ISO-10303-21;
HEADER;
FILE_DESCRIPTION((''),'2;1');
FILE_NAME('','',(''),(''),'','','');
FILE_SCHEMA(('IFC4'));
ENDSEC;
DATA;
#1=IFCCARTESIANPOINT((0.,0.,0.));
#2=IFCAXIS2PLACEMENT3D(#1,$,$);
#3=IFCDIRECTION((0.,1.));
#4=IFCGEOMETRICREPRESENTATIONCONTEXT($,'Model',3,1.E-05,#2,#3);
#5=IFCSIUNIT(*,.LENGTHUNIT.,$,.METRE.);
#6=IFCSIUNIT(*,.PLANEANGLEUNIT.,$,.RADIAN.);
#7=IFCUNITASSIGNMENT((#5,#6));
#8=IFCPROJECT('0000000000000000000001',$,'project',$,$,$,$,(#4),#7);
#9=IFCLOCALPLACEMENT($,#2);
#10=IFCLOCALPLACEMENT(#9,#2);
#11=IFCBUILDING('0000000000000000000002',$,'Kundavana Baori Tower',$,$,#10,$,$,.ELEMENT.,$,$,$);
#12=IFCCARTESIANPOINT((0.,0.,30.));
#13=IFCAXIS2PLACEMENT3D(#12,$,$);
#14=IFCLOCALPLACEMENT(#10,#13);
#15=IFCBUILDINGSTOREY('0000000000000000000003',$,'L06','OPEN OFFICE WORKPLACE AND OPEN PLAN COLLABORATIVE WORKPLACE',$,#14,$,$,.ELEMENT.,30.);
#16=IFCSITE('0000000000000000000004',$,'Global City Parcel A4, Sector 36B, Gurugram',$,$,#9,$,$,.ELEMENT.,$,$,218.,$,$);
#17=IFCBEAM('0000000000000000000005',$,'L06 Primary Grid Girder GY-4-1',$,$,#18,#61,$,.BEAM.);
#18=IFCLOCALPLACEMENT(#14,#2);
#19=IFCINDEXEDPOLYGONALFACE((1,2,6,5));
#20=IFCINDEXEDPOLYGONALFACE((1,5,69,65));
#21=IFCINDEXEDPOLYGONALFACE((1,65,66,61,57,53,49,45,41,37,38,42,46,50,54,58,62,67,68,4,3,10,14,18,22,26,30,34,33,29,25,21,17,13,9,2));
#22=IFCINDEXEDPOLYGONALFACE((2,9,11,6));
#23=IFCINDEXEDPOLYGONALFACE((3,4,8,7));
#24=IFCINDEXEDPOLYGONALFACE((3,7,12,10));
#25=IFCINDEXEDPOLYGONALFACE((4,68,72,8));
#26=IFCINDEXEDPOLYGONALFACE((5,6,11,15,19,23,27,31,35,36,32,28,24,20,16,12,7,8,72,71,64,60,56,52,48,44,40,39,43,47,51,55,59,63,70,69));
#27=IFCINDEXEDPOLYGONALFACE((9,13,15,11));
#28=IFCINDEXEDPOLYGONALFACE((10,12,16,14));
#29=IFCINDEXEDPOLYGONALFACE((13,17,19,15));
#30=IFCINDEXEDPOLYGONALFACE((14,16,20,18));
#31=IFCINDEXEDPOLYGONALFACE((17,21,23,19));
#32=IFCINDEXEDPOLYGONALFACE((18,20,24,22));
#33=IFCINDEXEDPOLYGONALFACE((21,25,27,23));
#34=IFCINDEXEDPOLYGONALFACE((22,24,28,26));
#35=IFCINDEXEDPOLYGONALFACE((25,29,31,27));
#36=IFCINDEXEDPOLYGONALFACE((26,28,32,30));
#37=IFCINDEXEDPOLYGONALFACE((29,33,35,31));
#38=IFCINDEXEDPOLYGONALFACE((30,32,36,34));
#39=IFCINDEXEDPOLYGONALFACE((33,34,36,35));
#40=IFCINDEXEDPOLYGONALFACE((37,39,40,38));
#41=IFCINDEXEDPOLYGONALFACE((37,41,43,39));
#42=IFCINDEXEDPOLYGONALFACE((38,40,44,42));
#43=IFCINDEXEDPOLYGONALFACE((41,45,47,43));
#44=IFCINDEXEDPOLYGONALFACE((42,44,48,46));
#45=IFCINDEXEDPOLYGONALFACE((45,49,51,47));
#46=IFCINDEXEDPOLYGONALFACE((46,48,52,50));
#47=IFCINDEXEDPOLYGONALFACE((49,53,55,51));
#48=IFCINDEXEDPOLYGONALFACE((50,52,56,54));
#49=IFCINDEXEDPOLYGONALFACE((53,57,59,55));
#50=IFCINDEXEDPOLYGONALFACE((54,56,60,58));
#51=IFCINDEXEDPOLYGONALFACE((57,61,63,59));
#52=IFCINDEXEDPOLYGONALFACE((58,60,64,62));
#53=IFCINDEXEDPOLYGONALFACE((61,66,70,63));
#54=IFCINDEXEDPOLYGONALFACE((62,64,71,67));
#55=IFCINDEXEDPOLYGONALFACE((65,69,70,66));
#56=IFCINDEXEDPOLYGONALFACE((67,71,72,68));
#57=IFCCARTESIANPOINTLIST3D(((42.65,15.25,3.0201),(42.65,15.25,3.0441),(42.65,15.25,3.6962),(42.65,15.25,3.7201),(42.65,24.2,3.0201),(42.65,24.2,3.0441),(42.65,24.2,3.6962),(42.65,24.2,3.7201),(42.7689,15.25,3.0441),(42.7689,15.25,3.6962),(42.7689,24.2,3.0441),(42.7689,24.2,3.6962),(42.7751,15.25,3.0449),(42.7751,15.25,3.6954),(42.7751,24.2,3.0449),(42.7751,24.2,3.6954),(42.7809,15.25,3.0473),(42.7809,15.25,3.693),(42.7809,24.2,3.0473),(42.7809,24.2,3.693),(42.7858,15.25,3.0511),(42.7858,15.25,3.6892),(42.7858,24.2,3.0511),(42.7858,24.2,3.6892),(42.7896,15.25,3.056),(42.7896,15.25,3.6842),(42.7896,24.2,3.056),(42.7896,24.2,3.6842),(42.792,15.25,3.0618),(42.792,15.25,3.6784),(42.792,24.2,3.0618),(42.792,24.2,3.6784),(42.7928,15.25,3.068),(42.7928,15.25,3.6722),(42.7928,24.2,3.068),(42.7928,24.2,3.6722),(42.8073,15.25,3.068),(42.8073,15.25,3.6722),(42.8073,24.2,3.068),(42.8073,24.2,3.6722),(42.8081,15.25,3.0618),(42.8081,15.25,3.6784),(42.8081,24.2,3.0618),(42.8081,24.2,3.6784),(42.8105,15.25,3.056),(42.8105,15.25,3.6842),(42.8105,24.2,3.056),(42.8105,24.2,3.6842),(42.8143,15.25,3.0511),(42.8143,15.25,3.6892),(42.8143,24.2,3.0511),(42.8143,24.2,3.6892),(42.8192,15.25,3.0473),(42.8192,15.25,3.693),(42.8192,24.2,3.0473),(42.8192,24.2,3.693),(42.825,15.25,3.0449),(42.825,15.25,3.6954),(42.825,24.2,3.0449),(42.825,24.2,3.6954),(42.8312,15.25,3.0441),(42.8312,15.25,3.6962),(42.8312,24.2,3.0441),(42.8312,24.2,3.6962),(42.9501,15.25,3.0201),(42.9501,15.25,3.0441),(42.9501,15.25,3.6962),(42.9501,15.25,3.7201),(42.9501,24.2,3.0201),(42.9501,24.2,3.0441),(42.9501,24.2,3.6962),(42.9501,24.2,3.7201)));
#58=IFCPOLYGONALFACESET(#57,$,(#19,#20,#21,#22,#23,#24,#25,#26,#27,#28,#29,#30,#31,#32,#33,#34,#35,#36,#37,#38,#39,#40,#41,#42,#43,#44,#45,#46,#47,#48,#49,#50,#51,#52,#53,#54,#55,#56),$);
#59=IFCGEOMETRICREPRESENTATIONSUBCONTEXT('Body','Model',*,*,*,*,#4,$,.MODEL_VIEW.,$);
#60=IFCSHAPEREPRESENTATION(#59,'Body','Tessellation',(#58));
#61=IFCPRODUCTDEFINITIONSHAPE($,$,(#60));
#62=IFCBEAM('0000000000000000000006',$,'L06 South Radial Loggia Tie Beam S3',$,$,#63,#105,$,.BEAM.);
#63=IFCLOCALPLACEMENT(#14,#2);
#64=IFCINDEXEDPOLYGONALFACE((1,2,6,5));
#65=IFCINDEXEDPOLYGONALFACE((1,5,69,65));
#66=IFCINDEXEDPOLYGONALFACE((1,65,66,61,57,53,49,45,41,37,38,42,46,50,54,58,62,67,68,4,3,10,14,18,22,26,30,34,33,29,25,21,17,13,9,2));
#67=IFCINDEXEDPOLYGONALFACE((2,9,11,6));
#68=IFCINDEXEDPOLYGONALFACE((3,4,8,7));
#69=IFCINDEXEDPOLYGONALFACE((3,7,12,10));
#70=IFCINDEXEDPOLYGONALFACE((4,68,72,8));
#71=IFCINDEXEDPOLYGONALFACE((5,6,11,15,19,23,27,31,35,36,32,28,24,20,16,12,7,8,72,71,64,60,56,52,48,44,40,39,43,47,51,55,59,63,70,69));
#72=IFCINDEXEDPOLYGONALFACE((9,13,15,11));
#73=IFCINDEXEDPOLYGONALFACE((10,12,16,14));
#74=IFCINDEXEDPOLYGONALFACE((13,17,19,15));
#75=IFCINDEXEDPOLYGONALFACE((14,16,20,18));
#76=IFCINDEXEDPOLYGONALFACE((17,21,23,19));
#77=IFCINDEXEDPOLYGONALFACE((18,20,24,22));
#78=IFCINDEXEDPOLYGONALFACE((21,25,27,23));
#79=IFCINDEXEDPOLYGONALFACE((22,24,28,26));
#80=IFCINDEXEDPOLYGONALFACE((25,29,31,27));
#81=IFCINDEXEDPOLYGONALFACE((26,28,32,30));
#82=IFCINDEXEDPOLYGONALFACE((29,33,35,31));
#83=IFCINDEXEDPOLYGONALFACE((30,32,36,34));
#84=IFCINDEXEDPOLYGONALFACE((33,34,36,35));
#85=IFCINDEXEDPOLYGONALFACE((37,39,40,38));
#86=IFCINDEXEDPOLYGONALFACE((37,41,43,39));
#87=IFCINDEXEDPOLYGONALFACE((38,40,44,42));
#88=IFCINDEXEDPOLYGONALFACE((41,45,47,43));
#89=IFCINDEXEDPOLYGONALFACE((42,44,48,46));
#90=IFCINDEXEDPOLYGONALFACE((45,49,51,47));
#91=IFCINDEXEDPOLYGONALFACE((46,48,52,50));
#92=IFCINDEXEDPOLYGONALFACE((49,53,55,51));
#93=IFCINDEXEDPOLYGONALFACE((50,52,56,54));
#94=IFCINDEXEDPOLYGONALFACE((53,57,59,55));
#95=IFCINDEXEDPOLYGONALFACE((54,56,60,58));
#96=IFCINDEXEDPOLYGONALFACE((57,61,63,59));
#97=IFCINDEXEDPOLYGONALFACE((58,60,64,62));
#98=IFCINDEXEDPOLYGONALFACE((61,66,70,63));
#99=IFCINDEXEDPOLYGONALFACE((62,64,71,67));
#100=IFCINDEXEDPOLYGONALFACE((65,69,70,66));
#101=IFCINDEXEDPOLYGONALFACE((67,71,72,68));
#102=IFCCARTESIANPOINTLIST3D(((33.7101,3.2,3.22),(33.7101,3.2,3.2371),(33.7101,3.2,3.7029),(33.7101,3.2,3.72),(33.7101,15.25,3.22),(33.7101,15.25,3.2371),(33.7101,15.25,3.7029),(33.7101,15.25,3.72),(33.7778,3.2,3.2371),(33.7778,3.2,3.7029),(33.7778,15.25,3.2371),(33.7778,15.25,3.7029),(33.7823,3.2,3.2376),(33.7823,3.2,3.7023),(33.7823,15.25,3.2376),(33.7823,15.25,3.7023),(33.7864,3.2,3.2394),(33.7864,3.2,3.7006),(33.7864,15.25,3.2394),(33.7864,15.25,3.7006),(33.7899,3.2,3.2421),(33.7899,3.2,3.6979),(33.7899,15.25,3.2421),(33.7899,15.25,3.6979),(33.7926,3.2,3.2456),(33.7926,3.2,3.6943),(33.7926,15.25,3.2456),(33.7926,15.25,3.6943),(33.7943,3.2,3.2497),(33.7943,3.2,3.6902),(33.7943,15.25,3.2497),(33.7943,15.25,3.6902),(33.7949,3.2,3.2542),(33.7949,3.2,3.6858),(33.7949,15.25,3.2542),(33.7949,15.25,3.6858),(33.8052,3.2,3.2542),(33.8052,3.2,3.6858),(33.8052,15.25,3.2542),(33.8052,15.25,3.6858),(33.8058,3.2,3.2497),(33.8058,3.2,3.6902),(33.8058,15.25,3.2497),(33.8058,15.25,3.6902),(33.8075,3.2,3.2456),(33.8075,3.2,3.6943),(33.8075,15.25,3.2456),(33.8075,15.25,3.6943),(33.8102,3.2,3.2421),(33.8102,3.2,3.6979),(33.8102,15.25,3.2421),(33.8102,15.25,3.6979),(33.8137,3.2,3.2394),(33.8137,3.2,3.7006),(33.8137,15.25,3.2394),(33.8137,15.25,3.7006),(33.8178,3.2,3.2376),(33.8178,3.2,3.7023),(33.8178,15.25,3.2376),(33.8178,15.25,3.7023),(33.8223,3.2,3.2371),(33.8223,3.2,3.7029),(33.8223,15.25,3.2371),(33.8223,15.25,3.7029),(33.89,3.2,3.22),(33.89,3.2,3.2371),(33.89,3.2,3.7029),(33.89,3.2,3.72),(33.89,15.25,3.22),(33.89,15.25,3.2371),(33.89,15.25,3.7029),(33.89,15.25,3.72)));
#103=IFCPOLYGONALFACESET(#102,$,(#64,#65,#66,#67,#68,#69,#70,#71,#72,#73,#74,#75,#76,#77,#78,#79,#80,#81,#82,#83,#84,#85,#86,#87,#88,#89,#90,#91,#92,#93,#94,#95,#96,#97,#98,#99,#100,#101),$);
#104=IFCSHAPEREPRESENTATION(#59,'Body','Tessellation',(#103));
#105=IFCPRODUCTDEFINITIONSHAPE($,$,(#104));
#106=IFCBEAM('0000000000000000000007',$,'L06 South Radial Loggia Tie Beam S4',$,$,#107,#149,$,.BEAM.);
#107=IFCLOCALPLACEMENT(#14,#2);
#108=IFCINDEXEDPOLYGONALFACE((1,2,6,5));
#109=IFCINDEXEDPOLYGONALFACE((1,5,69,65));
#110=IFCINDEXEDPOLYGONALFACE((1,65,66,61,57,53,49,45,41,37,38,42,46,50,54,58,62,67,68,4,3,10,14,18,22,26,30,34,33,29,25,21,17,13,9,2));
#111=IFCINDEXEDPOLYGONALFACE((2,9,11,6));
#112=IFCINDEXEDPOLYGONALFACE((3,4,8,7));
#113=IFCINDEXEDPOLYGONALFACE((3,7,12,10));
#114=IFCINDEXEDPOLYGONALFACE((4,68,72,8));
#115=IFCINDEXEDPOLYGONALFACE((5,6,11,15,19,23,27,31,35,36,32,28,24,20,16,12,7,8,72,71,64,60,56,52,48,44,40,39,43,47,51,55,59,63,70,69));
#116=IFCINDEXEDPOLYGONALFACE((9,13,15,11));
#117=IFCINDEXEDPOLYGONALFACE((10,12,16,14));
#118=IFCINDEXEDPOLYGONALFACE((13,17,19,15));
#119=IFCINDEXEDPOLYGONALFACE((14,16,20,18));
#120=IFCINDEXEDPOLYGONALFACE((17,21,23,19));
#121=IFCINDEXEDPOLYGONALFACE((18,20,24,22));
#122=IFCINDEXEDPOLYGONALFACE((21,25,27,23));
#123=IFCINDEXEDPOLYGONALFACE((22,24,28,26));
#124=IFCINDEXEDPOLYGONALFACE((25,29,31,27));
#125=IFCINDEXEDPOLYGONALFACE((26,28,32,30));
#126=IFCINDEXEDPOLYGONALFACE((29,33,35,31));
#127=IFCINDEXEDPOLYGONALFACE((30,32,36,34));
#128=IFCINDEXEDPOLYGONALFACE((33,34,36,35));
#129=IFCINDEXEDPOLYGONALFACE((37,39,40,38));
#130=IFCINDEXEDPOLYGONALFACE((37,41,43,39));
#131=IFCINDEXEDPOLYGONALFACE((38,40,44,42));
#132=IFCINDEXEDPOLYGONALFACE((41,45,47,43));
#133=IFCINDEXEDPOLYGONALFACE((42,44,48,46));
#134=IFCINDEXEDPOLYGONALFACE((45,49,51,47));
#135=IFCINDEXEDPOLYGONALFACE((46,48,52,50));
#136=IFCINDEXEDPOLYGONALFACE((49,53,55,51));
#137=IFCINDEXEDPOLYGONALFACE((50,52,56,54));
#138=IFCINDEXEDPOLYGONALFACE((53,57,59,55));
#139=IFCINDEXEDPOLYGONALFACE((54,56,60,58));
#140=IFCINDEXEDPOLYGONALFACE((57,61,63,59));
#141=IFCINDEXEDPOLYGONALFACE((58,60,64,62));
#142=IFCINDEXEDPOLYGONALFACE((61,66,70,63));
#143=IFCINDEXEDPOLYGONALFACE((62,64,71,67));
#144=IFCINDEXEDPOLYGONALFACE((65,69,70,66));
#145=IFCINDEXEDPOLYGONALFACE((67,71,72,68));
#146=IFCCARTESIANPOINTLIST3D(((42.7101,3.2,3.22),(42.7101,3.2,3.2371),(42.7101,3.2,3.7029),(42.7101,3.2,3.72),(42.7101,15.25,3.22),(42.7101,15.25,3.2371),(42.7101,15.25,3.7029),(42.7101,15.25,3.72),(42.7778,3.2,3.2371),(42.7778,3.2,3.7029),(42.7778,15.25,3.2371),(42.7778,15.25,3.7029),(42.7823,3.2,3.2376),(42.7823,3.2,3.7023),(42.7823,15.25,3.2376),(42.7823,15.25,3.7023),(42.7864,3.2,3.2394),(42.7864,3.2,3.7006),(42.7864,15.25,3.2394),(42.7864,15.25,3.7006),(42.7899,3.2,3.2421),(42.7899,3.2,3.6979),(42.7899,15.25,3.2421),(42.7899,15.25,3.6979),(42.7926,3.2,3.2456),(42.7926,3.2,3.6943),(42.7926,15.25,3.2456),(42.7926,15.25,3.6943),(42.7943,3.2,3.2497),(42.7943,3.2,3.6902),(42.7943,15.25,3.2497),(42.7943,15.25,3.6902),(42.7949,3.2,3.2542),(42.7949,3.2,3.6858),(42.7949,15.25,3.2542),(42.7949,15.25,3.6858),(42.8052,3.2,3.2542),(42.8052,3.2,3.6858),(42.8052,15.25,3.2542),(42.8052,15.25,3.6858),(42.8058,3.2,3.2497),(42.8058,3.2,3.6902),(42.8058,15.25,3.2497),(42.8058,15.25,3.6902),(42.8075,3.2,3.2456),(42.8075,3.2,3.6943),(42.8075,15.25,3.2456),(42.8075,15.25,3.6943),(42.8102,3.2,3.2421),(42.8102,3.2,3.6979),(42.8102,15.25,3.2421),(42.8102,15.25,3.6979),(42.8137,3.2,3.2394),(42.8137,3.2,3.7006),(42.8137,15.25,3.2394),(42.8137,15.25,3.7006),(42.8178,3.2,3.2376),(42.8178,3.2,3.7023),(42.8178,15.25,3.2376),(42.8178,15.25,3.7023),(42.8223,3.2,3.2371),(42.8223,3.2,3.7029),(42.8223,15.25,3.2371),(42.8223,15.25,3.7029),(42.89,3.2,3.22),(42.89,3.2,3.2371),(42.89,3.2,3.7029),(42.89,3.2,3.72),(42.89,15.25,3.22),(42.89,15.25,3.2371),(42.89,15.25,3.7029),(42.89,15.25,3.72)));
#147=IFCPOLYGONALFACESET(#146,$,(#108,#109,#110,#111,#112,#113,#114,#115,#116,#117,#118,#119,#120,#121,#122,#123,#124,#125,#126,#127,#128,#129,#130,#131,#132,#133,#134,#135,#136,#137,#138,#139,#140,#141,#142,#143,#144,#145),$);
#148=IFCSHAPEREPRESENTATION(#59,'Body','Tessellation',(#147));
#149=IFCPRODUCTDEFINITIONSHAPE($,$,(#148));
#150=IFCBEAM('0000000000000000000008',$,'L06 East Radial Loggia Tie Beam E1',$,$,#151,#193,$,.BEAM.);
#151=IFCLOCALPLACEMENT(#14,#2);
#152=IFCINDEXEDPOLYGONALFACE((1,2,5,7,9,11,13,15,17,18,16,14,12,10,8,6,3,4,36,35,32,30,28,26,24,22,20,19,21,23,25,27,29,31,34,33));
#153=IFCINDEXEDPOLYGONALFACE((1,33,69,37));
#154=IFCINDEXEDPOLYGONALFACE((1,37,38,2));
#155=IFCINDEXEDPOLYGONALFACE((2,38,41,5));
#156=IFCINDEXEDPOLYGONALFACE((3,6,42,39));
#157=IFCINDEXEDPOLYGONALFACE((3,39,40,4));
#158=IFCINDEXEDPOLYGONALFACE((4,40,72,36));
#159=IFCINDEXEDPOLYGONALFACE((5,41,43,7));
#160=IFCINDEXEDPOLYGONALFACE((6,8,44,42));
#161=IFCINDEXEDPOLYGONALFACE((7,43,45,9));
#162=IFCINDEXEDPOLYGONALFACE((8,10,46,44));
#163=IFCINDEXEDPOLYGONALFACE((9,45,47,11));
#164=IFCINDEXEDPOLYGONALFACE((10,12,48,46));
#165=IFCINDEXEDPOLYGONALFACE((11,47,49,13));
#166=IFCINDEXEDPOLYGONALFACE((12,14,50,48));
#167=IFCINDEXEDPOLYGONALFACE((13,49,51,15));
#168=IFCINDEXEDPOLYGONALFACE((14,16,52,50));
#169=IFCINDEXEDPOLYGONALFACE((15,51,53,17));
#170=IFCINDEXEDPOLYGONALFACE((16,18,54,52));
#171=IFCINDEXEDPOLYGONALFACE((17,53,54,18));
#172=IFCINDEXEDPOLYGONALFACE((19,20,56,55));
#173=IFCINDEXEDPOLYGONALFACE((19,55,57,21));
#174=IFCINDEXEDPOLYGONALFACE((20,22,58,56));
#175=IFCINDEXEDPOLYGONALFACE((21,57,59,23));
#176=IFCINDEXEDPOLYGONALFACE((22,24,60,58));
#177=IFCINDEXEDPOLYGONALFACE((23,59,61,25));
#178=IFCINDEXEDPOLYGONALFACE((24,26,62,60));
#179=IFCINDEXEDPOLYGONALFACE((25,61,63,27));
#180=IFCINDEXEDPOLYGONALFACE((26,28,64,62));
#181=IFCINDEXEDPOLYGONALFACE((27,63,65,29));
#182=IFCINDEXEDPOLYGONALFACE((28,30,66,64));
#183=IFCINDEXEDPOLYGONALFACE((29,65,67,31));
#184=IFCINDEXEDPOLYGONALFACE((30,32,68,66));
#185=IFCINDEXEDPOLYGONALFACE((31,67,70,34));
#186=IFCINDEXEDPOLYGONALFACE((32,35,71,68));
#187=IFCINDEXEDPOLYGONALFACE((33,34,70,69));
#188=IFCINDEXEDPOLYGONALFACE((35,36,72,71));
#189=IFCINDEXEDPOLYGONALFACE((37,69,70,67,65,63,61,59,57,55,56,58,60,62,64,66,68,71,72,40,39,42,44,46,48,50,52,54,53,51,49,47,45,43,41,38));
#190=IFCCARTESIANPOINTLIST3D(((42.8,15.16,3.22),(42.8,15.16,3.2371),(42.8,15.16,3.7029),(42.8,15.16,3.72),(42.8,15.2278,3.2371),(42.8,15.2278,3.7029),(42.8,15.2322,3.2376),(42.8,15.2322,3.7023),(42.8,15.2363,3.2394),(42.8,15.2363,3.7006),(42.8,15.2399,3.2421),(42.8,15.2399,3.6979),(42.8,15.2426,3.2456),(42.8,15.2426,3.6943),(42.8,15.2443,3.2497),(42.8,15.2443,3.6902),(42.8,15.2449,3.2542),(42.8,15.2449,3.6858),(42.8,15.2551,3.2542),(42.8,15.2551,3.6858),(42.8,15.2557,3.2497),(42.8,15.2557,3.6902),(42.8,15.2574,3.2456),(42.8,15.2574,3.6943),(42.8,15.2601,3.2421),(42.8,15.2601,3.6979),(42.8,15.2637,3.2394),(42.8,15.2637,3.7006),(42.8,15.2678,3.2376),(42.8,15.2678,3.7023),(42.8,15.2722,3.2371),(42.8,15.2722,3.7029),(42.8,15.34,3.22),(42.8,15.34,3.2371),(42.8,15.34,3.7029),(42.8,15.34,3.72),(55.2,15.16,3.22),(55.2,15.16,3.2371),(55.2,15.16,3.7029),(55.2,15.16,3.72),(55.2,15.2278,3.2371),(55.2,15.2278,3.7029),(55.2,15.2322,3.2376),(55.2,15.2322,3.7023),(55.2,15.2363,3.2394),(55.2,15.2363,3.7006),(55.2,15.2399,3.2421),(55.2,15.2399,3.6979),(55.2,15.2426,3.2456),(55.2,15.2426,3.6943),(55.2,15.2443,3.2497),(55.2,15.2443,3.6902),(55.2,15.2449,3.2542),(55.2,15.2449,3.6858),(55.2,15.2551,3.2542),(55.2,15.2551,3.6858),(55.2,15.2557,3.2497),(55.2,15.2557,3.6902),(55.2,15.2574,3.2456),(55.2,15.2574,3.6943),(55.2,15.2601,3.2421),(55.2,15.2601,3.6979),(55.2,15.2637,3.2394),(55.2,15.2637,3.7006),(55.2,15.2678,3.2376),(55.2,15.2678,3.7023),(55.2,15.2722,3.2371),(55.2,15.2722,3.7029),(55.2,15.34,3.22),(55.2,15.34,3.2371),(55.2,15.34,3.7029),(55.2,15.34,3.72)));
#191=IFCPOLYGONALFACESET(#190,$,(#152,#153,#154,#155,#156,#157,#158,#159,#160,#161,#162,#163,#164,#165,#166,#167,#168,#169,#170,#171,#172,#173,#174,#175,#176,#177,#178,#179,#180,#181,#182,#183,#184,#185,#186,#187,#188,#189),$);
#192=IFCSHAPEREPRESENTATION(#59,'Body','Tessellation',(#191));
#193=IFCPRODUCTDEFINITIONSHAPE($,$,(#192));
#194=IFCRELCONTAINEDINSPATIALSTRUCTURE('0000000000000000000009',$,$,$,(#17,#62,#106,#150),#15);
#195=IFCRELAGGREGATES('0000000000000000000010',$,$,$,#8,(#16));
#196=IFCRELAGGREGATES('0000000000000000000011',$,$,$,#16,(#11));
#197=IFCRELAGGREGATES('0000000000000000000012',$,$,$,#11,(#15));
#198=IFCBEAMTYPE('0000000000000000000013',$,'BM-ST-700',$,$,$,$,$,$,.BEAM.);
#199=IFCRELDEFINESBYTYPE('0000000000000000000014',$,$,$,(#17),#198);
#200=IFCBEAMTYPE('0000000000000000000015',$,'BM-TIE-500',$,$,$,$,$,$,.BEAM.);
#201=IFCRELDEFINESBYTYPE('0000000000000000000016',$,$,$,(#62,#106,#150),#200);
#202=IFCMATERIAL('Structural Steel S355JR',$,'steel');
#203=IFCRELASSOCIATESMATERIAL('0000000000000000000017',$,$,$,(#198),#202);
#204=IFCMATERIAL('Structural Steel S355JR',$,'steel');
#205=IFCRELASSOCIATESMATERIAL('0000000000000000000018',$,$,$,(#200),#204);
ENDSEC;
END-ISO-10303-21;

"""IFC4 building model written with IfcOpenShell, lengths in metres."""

from ifc_helpers import new_model, si_unit, direction, frame, origin, origin_2d, place, context, subcontext, project, spatial, i_section, extrude, material, material_profile, profile_set, type_object, element, save


model = new_model("IFC4")

# Units and contexts
model_context = context("Model", 3, precision=1e-05, world=origin(), true_north=direction((0.0, 1.0)))
body_context = subcontext(model_context, "Body", "Model", "MODEL_VIEW")
ifc_project = project(units=[si_unit("LENGTHUNIT", "METRE"), si_unit("PLANEANGLEUNIT", "RADIAN")], contexts=[model_context])

# Site, building, storey
site_placement = place(None, origin())
site = spatial("IfcSite", under=ifc_project, at=site_placement, Name="Global City Parcel A4, Sector 36B, Gurugram", CompositionType="ELEMENT", RefElevation=218.0)
building_placement = place(site_placement, origin())
building = spatial("IfcBuilding", under=site, at=building_placement, Name="Kundavana Baori Tower", CompositionType="ELEMENT")
storey_placement = place(building_placement, frame((0.0, 0.0, 30.0)))
storey = spatial("IfcBuildingStorey", under=building, at=storey_placement, Name="L06", Description="OPEN OFFICE WORKPLACE AND OPEN PLAN COLLABORATIVE WORKPLACE", CompositionType="ELEMENT", Elevation=30.0)

# Beams
ifc_material_1 = material(Name="Structural Steel S355JR", Category="steel")
ifc_material_profile_1 = material_profile(ifc_material_1, i_section(OverallWidth=0.3, OverallDepth=0.7, WebThickness=0.0144, FlangeThickness=0.0239, FilletRadius=0.0239, at=origin_2d()), Name="NPB 700x300x170")
ifc_profile_set_1 = profile_set([ifc_material_profile_1], Name="Structural Steel S355JR")
beam_type_1 = type_object("IfcBeamType", Name="BM-ST-700", PredefinedType="BEAM", material=ifc_profile_set_1)
for number, where, z_axis, x_axis, name in (
    (1, (42.8, 15.25, 3.3701), (0.0, 1.0, 0.0), (-1.0, 0.0, 0.0), "L06 Primary Grid Girder GY-4-1"),
):
    element("IfcBeam", number, at=place(storey_placement, frame(where, z_axis=z_axis, x_axis=x_axis)), inside=storey, type_object=beam_type_1, Name=name, PredefinedType="BEAM", context=body_context, shape_type="SweptSolid", body=[
        extrude(i_section(OverallWidth=0.3, OverallDepth=0.7, WebThickness=0.0144, FlangeThickness=0.0239, FilletRadius=0.0239, at=origin_2d()), origin(), (0.0, 0.0, 1.0), 8.95),
    ])
ifc_material_2 = material(Name="Structural Steel S355JR", Category="steel")
ifc_material_profile_2 = material_profile(ifc_material_2, i_section(OverallWidth=0.1799, OverallDepth=0.5, WebThickness=0.0103, FlangeThickness=0.0171, FilletRadius=0.0171, at=origin_2d()), Name="ISMB 500")
ifc_profile_set_2 = profile_set([ifc_material_profile_2], Name="Structural Steel S355JR")
beam_type_2 = type_object("IfcBeamType", Name="BM-TIE-500", PredefinedType="BEAM", material=ifc_profile_set_2)
for number, where, z_axis, x_axis, name in (
    (2, (33.8, 15.25, 3.47), (0.0, -1.0, 0.0), (1.0, 0.0, 0.0), "L06 South Radial Loggia Tie Beam S3"),
    (3, (42.8, 15.25, 3.47), (0.0, -1.0, 0.0), (1.0, 0.0, 0.0), "L06 South Radial Loggia Tie Beam S4"),
):
    element("IfcBeam", number, at=place(storey_placement, frame(where, z_axis=z_axis, x_axis=x_axis)), inside=storey, type_object=beam_type_2, Name=name, PredefinedType="BEAM", context=body_context, shape_type="SweptSolid", body=[
        extrude(i_section(OverallWidth=0.1799, OverallDepth=0.5, WebThickness=0.0103, FlangeThickness=0.0171, FilletRadius=0.0171, at=origin_2d()), origin(), (0.0, 0.0, 1.0), 12.05),
    ])
beam_1_placement = place(storey_placement, frame((42.8, 15.25, 3.47), z_axis=(1.0, 0.0, 0.0), x_axis=(0.0, 1.0, 0.0)))
element("IfcBeam", 4, at=beam_1_placement, inside=storey, type_object=beam_type_2, Name="L06 East Radial Loggia Tie Beam E1", PredefinedType="BEAM", context=body_context, shape_type="SweptSolid", body=[
    extrude(i_section(OverallWidth=0.1799, OverallDepth=0.5, WebThickness=0.0103, FlangeThickness=0.0171, FilletRadius=0.0171, at=origin_2d()), origin(), (0.0, 0.0, 1.0), 12.3999),
])

save(model, "model.ifc")
